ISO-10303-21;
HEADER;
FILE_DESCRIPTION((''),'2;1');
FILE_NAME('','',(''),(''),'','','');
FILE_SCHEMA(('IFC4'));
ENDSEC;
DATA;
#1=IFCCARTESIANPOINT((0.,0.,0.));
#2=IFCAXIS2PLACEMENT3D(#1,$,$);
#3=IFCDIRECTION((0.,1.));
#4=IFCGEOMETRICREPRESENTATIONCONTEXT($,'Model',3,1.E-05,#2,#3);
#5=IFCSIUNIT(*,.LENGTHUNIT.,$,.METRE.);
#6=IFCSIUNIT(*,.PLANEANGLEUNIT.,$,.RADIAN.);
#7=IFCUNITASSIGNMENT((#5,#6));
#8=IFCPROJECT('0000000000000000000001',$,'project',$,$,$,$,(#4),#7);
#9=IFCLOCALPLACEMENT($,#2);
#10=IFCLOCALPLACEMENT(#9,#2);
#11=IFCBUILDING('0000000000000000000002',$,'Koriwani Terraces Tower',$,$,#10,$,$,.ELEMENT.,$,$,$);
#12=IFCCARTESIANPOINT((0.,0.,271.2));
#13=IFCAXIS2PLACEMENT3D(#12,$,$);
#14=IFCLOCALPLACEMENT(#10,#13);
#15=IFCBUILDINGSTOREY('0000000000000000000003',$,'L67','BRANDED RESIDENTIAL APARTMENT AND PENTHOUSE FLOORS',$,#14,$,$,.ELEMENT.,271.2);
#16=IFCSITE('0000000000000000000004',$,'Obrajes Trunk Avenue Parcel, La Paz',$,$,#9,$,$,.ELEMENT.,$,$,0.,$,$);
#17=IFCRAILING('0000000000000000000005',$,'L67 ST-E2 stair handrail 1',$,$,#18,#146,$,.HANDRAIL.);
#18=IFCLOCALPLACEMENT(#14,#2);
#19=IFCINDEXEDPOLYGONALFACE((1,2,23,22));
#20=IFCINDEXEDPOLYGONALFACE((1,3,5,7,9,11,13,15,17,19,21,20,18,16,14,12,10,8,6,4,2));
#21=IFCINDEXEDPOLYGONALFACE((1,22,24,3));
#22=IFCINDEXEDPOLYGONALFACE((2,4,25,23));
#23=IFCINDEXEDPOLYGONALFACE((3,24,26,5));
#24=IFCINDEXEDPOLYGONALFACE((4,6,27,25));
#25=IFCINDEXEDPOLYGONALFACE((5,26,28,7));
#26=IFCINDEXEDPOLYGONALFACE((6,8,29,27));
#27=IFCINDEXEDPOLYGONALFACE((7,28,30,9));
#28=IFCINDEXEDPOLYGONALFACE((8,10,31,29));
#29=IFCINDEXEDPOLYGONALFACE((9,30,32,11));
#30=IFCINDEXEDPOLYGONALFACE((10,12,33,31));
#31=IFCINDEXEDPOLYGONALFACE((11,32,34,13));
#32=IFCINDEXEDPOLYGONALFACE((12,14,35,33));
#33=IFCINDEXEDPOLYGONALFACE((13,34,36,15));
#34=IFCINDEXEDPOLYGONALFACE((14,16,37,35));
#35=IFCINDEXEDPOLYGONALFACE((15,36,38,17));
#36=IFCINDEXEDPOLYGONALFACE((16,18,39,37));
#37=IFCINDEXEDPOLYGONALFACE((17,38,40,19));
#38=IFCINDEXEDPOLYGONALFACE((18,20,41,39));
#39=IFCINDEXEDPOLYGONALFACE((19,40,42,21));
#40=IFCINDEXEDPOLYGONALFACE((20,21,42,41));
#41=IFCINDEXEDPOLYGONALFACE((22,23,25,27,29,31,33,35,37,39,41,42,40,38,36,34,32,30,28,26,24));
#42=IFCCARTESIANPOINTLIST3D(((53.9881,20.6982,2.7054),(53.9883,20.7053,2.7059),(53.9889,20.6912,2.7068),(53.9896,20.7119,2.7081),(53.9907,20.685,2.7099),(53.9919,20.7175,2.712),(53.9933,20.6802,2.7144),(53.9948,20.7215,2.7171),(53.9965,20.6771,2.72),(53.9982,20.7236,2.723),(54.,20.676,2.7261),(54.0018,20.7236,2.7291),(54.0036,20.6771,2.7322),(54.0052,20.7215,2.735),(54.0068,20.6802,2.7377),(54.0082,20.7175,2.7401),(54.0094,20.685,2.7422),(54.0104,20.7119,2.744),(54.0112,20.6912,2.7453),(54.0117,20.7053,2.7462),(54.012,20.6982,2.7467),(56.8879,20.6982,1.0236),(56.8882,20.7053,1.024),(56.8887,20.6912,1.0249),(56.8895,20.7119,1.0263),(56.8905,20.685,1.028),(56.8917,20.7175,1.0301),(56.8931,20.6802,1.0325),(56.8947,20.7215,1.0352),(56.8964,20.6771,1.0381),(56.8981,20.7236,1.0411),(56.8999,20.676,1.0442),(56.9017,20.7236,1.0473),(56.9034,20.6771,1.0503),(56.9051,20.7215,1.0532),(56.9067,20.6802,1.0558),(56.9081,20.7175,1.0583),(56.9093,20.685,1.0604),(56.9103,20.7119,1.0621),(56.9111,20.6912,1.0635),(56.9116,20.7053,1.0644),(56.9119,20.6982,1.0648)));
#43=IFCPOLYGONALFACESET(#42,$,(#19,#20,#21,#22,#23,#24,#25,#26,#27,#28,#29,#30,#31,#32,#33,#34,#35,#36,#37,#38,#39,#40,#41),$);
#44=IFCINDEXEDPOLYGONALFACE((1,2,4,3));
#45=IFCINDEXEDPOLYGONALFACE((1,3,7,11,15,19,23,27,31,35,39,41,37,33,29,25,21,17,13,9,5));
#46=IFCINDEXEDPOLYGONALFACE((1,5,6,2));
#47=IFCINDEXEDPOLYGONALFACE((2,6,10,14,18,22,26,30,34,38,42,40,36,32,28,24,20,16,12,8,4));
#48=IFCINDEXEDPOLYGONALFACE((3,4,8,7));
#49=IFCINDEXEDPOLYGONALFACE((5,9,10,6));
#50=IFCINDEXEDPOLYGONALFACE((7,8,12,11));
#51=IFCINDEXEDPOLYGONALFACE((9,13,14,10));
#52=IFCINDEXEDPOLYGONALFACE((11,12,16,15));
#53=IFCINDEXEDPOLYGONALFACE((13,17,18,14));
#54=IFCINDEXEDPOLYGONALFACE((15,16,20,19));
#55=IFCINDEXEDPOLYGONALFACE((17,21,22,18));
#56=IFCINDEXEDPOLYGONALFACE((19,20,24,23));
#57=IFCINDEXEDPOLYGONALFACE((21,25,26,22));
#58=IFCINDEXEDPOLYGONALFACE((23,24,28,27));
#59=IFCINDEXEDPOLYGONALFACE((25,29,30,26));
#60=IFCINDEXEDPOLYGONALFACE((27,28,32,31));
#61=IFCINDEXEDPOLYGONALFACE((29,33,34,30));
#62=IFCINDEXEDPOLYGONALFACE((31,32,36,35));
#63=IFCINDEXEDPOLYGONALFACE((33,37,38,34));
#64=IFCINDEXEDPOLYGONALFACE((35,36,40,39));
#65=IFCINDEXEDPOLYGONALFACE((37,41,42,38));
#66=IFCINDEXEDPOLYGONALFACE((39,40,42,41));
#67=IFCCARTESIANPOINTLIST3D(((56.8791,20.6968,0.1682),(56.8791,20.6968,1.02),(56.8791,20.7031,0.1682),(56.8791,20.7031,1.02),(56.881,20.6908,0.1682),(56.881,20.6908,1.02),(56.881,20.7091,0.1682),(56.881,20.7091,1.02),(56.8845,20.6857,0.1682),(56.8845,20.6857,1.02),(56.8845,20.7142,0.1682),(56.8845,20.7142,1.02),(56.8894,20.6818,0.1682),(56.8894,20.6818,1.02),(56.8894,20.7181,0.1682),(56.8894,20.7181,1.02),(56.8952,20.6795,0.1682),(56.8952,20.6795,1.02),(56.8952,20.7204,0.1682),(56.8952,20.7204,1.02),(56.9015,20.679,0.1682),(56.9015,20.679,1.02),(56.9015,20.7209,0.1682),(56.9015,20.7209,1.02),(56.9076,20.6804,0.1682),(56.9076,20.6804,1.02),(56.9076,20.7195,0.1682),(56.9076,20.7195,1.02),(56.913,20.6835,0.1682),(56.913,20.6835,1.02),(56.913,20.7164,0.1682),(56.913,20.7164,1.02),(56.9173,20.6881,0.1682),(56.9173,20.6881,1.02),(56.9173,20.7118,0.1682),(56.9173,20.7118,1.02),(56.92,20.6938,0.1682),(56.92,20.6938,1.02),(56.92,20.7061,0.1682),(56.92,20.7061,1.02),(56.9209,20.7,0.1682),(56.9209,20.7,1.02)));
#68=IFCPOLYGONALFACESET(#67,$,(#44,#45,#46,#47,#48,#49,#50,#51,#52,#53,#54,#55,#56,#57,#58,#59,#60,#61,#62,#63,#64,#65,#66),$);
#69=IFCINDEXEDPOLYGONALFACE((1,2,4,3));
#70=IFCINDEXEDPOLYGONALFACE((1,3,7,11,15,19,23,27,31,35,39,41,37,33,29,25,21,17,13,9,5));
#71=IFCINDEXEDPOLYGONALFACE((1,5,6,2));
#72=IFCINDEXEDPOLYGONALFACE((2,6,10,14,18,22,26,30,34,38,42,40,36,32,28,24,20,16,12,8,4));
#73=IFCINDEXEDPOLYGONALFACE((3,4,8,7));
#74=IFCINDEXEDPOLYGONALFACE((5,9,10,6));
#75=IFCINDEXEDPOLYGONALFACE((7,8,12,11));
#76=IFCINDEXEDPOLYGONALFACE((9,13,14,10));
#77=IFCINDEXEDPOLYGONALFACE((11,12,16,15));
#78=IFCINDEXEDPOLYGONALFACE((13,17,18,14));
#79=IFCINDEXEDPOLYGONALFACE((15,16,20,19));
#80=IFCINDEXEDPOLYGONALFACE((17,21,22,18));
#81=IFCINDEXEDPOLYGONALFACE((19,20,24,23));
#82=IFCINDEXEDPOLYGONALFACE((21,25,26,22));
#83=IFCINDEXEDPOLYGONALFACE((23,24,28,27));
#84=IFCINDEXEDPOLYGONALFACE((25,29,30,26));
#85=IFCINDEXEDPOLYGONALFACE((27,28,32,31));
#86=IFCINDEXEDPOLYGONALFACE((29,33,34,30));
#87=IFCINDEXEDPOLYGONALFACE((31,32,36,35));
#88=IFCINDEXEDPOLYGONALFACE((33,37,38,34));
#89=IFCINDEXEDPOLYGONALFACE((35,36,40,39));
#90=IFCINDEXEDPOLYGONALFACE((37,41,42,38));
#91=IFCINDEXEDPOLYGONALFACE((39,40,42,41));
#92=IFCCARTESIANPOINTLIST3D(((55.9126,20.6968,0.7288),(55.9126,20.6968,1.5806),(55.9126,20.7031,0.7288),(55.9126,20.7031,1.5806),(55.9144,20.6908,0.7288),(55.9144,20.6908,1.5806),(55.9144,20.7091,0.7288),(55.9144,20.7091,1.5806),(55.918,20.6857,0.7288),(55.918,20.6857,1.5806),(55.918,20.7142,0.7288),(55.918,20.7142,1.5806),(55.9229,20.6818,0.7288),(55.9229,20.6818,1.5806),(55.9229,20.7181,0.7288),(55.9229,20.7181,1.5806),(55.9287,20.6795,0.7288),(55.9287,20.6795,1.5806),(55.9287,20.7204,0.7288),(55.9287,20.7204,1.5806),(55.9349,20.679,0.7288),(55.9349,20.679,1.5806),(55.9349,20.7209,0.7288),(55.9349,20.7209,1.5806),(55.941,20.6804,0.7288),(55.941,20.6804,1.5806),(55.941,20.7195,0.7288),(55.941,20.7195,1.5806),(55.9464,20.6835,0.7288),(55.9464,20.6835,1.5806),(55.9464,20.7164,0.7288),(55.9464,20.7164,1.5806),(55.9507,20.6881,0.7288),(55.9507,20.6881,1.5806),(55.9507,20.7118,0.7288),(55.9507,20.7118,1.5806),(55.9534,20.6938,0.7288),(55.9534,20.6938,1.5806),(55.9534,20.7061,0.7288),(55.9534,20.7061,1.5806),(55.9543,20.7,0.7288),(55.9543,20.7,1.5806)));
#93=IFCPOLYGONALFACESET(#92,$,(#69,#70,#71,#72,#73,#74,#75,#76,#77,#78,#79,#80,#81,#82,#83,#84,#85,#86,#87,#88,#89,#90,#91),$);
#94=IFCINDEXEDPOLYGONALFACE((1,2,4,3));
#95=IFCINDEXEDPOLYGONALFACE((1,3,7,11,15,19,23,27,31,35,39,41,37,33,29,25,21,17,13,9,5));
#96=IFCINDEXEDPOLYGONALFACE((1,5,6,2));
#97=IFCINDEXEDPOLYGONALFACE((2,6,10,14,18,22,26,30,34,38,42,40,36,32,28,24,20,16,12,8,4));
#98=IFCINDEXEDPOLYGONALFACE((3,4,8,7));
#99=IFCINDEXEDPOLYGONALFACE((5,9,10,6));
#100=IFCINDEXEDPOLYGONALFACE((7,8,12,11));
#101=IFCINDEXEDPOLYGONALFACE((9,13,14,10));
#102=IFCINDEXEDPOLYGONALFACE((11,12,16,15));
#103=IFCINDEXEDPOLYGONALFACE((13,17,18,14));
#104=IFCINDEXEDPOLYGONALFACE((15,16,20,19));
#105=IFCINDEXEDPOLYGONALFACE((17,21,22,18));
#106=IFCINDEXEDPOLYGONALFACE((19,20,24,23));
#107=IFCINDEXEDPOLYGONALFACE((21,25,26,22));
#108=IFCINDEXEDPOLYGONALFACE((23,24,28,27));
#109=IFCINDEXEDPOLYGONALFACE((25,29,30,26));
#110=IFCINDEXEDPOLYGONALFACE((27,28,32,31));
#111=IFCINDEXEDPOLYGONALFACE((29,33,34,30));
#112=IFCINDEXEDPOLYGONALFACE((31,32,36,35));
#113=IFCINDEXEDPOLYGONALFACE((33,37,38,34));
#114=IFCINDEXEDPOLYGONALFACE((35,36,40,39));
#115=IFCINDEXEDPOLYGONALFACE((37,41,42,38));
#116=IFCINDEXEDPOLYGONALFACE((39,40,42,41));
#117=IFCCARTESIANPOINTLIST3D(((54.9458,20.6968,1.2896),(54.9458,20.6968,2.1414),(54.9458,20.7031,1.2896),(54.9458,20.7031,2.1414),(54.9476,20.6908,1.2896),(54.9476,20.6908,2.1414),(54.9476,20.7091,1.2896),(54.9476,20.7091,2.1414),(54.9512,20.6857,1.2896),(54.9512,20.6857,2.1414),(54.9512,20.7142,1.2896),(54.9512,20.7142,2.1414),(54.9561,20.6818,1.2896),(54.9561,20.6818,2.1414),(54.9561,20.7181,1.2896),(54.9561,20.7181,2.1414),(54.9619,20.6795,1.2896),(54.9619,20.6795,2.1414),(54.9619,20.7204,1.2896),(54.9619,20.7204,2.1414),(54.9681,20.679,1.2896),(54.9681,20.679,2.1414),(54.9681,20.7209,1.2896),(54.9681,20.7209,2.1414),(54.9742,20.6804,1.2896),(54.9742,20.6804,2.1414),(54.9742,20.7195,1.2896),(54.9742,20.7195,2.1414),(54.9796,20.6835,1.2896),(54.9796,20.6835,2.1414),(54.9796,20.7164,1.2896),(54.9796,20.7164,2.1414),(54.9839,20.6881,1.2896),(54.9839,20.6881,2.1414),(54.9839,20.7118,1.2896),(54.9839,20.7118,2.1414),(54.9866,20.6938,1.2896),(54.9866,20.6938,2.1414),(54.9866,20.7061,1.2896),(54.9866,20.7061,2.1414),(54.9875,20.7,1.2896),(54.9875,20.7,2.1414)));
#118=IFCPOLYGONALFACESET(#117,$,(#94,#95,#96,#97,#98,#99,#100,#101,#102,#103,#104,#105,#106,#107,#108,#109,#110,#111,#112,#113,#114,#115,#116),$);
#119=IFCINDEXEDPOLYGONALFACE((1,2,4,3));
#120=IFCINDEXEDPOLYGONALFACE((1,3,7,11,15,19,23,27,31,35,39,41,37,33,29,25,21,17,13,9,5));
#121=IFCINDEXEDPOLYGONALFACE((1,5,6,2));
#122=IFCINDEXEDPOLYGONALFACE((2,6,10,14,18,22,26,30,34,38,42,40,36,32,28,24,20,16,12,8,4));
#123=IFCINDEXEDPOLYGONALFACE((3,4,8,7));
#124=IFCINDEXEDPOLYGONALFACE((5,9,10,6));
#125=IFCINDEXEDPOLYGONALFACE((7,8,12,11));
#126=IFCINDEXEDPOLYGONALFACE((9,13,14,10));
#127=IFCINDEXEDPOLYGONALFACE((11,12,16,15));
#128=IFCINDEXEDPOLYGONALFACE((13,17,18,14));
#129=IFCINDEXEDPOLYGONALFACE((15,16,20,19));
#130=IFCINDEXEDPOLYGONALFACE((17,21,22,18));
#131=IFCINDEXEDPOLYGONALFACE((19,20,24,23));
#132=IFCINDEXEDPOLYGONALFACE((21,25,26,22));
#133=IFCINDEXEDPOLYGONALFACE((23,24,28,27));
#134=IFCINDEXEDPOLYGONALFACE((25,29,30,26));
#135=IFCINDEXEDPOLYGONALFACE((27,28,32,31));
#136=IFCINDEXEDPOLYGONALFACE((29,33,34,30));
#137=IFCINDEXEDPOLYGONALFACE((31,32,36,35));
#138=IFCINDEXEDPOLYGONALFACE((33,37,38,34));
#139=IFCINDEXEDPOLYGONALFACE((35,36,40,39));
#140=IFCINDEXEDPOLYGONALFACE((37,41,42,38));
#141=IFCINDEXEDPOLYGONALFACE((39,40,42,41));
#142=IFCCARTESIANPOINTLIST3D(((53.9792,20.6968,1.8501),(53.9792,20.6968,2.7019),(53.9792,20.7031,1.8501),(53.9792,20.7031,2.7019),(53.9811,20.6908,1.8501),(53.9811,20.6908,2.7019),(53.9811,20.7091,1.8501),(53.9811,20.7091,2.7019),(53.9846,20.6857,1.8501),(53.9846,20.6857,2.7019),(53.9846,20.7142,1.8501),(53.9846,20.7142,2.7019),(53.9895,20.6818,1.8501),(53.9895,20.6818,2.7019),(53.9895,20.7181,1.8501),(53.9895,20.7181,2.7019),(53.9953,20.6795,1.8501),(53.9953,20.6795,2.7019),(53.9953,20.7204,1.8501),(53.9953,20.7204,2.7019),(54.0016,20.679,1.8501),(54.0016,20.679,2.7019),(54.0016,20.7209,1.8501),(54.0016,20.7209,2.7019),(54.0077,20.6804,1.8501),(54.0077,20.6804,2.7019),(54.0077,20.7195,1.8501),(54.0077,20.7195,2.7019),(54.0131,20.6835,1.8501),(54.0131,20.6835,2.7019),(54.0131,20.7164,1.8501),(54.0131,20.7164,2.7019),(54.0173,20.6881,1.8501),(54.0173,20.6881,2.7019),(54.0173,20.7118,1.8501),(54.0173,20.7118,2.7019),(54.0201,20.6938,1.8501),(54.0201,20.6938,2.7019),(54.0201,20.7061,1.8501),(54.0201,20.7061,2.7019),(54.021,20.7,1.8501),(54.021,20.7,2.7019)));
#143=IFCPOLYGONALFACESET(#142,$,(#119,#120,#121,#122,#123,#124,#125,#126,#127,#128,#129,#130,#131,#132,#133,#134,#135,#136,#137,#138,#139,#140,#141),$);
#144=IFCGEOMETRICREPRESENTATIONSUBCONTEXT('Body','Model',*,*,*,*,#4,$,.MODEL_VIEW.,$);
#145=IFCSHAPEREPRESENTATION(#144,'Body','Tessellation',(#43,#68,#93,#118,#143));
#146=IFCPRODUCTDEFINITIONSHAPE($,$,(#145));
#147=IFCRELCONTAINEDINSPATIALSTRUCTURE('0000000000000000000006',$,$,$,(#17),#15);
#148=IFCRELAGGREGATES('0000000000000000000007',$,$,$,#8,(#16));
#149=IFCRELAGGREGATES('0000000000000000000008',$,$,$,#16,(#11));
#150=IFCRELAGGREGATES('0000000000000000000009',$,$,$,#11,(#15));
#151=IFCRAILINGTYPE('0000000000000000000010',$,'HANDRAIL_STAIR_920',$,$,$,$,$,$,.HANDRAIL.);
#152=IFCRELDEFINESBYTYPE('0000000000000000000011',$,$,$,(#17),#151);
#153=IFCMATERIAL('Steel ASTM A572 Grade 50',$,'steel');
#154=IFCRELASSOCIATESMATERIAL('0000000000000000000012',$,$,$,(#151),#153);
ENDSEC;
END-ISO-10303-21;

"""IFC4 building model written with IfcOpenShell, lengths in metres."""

from ifc_helpers import new_model, si_unit, direction, frame, origin, origin_2d, place, context, subcontext, project, spatial, circle, extrude, material, type_object, element, save


model = new_model("IFC4")

# Units and contexts
model_context = context("Model", 3, precision=1e-05, world=origin(), true_north=direction((0.0, 1.0)))
body_context = subcontext(model_context, "Body", "Model", "MODEL_VIEW")
ifc_project = project(units=[si_unit("LENGTHUNIT", "METRE"), si_unit("PLANEANGLEUNIT", "RADIAN")], contexts=[model_context])

# Site, building, storey
site_placement = place(None, origin())
site = spatial("IfcSite", under=ifc_project, at=site_placement, Name="Obrajes Trunk Avenue Parcel, La Paz", CompositionType="ELEMENT", RefElevation=0.0)
building_placement = place(site_placement, origin())
building = spatial("IfcBuilding", under=site, at=building_placement, Name="Koriwani Terraces Tower", CompositionType="ELEMENT")
storey_placement = place(building_placement, frame((0.0, 0.0, 271.2)))
storey = spatial("IfcBuildingStorey", under=building, at=storey_placement, Name="L67", Description="BRANDED RESIDENTIAL APARTMENT AND PENTHOUSE FLOORS", CompositionType="ELEMENT", Elevation=271.2)

# Shared definitions
ifc_material_1 = material(Name="Steel ASTM A572 Grade 50", Category="steel")

# Railing
railing_type_1 = type_object("IfcRailingType", Name="HANDRAIL_STAIR_920", PredefinedType="HANDRAIL", material=ifc_material_1)
railing_1_placement = place(storey_placement, frame((56.8999, 20.7, 0.1682)))
element("IfcRailing", 1, at=railing_1_placement, inside=storey, type_object=railing_type_1, Name="L67 ST-E2 stair handrail 1", PredefinedType="HANDRAIL", context=body_context, shape_type="SweptSolid", body=[
    extrude(circle(Radius=0.0239, at=origin_2d()), frame((0.0, 0.0, 0.876), z_axis=(-0.865039, 0.0, 0.501705), x_axis=(0.0, -1.0, 0.0)), (0.0, 0.0, 1.0), 3.3523),
    extrude(circle(Radius=0.021, at=origin_2d()), origin(), (0.0, 0.0, 1.0), 0.8518),
    extrude(circle(Radius=0.021, at=origin_2d()), frame((-0.9666, 0.0, 0.5605)), (0.0, 0.0, 1.0), 0.8518),
    extrude(circle(Radius=0.021, at=origin_2d()), frame((-1.9333, 0.0, 1.1213)), (0.0, 0.0, 1.0), 0.8518),
    extrude(circle(Radius=0.021, at=origin_2d()), frame((-2.8999, 0.0, 1.6819)), (0.0, 0.0, 1.0), 0.8518),
])

save(model, "model.ifc")
